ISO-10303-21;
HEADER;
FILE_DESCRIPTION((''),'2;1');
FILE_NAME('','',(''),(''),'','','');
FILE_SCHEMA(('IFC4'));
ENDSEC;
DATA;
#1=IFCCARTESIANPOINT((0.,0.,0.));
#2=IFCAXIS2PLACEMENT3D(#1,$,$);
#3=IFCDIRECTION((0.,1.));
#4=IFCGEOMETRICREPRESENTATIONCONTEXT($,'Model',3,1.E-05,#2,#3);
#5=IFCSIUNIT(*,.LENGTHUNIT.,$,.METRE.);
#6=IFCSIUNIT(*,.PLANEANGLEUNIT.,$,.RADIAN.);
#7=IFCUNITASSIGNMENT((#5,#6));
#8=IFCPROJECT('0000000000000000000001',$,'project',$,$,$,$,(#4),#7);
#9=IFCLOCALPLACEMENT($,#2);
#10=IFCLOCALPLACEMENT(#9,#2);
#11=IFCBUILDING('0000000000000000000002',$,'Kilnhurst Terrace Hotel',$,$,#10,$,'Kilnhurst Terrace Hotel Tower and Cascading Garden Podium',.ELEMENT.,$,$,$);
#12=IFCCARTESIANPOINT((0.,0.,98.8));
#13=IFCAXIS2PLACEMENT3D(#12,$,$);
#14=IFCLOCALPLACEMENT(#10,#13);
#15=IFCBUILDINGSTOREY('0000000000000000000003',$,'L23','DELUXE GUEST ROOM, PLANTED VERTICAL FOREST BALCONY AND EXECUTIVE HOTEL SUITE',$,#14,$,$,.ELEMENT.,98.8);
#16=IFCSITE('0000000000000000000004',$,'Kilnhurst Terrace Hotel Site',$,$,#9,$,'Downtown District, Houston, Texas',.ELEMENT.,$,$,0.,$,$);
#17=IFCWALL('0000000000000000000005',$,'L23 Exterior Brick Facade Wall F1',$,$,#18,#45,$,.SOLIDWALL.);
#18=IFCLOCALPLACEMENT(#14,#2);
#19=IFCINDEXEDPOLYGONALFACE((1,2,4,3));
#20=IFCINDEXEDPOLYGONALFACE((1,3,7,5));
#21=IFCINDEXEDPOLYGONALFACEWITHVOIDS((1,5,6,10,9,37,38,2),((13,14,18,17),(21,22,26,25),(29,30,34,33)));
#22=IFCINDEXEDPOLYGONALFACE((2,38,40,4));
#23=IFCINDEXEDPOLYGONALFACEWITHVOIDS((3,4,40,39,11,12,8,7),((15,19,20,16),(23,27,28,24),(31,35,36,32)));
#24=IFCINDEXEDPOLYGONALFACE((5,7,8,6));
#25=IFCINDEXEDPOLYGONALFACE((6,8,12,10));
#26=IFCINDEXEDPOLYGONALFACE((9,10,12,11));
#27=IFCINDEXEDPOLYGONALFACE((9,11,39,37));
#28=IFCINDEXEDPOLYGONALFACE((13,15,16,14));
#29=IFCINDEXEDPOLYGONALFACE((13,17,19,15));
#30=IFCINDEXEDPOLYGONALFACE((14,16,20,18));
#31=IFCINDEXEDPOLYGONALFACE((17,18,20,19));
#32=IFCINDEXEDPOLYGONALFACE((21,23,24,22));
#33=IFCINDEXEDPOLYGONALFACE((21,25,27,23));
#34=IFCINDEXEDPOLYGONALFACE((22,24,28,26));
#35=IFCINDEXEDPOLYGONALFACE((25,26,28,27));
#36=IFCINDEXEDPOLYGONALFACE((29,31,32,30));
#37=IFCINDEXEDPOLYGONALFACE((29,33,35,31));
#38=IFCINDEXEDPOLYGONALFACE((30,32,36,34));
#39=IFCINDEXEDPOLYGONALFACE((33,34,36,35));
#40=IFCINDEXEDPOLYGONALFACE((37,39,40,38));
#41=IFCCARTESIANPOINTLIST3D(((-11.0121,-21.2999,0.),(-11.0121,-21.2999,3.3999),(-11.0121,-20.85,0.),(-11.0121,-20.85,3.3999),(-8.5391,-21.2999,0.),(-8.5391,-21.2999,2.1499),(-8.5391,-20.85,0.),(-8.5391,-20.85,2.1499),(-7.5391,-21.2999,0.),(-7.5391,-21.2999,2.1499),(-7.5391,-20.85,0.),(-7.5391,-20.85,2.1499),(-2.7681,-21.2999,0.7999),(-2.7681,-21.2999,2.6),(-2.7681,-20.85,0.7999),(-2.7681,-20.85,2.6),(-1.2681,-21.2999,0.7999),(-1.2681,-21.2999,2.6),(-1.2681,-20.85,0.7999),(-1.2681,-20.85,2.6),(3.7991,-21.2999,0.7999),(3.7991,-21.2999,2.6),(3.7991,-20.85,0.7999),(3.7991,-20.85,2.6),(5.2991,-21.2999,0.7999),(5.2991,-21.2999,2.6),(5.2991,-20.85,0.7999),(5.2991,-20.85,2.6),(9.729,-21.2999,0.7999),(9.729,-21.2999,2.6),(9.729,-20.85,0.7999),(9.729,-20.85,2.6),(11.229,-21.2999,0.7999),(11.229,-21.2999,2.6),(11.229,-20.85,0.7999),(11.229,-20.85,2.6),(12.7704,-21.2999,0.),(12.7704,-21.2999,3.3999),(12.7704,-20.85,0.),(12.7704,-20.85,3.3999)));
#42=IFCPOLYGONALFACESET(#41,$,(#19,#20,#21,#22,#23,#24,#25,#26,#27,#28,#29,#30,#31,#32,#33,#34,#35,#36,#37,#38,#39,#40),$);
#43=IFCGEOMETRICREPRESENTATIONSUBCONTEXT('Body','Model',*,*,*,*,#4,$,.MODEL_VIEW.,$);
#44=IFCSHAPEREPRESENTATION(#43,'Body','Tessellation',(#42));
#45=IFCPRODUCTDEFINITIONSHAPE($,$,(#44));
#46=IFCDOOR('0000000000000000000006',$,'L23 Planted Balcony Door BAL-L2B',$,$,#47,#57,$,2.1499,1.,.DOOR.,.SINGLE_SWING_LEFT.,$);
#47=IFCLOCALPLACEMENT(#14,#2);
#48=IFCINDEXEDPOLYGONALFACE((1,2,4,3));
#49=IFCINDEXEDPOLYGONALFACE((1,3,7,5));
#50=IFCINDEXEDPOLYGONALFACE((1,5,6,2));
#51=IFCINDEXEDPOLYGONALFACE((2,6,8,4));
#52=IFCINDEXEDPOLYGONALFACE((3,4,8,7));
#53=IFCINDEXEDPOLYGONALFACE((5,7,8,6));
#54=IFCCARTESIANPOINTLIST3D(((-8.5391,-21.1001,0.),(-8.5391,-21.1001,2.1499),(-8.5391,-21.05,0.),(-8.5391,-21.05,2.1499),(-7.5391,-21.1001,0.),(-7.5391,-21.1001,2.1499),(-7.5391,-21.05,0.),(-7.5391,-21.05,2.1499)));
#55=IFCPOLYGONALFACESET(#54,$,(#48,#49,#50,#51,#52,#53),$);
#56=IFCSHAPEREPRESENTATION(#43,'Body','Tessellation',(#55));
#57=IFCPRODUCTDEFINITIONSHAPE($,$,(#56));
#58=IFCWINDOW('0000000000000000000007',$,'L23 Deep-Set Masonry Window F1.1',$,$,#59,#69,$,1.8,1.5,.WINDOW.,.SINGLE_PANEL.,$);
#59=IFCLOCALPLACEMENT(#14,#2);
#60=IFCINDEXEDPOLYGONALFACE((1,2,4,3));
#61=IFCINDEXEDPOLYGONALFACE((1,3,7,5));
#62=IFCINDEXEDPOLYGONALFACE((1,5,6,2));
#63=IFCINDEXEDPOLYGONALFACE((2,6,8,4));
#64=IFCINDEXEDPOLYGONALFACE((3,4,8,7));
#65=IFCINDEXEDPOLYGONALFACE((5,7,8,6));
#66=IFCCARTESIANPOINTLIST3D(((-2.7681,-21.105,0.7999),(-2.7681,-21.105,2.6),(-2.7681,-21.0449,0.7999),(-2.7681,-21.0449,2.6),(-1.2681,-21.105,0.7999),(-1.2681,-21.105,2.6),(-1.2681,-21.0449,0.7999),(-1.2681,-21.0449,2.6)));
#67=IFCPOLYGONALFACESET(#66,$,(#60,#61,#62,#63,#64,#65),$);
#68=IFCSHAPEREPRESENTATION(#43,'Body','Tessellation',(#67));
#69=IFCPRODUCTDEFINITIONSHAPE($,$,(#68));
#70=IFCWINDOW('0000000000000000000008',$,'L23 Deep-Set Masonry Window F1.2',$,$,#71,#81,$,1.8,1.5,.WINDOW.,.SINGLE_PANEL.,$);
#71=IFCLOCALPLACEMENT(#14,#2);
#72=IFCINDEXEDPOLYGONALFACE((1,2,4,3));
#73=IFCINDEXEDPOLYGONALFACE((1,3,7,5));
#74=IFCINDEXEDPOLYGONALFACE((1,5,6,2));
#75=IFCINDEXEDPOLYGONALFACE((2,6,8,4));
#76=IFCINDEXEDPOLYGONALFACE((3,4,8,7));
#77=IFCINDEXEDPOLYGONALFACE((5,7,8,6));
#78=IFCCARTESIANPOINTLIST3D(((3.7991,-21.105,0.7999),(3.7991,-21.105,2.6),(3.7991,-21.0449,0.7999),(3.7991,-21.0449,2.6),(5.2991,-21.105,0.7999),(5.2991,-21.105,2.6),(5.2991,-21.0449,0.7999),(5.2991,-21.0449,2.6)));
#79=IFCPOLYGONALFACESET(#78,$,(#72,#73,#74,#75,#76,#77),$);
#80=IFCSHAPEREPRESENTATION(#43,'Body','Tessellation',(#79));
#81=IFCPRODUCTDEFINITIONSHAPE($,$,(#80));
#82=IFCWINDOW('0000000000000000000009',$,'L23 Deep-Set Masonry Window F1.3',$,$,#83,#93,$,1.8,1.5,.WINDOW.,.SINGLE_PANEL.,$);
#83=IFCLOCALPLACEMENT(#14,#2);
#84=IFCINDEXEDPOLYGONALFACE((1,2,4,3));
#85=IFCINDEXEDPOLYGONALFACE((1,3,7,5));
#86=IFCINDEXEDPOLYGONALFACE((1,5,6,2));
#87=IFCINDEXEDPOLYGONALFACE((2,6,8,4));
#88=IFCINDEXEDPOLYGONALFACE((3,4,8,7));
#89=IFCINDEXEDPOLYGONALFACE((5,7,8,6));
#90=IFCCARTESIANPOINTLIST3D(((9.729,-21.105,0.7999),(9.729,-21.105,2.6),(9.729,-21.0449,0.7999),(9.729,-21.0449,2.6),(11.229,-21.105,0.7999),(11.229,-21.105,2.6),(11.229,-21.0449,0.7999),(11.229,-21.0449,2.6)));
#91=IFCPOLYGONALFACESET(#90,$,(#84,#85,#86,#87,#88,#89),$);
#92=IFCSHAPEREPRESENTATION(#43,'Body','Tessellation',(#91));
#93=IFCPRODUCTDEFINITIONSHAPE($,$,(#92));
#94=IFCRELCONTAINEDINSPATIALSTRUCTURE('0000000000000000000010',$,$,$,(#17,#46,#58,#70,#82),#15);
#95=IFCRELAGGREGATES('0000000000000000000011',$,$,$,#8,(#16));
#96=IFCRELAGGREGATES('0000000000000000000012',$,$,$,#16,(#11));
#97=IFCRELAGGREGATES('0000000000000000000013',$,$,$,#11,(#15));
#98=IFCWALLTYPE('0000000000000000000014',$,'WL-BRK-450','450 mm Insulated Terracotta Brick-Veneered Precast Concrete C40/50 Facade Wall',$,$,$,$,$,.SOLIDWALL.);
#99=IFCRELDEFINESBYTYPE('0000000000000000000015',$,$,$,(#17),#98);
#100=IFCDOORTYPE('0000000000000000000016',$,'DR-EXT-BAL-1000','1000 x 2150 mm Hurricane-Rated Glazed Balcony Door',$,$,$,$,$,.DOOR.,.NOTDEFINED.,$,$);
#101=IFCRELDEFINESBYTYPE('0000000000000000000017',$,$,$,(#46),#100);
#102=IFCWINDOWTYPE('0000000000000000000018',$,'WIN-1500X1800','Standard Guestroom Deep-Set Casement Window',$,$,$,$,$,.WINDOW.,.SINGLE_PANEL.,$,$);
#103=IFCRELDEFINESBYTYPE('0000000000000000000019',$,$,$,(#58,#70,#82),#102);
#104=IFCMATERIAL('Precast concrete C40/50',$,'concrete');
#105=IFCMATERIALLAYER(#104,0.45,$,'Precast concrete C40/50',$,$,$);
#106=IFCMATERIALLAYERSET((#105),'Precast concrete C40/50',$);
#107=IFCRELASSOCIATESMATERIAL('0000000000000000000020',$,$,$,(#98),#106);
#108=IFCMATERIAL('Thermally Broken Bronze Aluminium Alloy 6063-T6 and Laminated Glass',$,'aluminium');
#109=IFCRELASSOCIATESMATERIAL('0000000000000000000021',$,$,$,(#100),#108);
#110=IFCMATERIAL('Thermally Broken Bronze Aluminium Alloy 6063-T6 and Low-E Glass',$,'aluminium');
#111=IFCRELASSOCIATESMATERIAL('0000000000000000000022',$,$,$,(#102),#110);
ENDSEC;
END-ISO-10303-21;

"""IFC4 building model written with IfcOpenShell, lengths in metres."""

from ifc_helpers import new_model, si_unit, direction, frame, frame_2d, origin, place, context, subcontext, project, spatial, rectangle, extrude, material, layer, layer_set, type_object, element, fill, save


model = new_model("IFC4")

# Units and contexts
model_context = context("Model", 3, precision=1e-05, world=origin(), true_north=direction((0.0, 1.0)))
body_context = subcontext(model_context, "Body", "Model", "MODEL_VIEW")
ifc_project = project(units=[si_unit("LENGTHUNIT", "METRE"), si_unit("PLANEANGLEUNIT", "RADIAN")], contexts=[model_context])

# Site, building, storey
site_placement = place(None, origin())
site = spatial("IfcSite", under=ifc_project, at=site_placement, Name="Kilnhurst Terrace Hotel Site", LongName="Downtown District, Houston, Texas", CompositionType="ELEMENT", RefElevation=0.0)
building_placement = place(site_placement, origin())
building = spatial("IfcBuilding", under=site, at=building_placement, Name="Kilnhurst Terrace Hotel", LongName="Kilnhurst Terrace Hotel Tower and Cascading Garden Podium", CompositionType="ELEMENT")
storey_placement = place(building_placement, frame((0.0, 0.0, 98.8)))
storey = spatial("IfcBuildingStorey", under=building, at=storey_placement, Name="L23", Description="DELUXE GUEST ROOM, PLANTED VERTICAL FOREST BALCONY AND EXECUTIVE HOTEL SUITE", CompositionType="ELEMENT", Elevation=98.8)

# Shared definitions
ifc_material_1 = material(Name="Precast concrete C40/50", Category="concrete")
ifc_layer_1 = layer(ifc_material_1, 0.45, Name="Precast concrete C40/50")
ifc_layer_set_1 = layer_set([ifc_layer_1], Name="Precast concrete C40/50")
wall_type_1 = type_object("IfcWallType", Name="WL-BRK-450", Description="450 mm Insulated Terracotta Brick-Veneered Precast Concrete C40/50 Facade Wall", PredefinedType="SOLIDWALL", material=ifc_layer_set_1)

# Wall, openings, door, windows
wall_1_placement = place(storey_placement, frame((-11.012, -21.075, 0.0), z_axis=(0.0, 0.0, 1.0), x_axis=(1.0, 0.0, 0.0)))
wall_1 = element("IfcWall", 1, at=wall_1_placement, inside=storey, type_object=wall_type_1, Name="L23 Exterior Brick Facade Wall F1", PredefinedType="SOLIDWALL", context=body_context, shape_type="SweptSolid", body=[
    extrude(rectangle(XDim=23.7825, YDim=0.45, at=frame_2d((11.8911, 0.0))), origin(), (0.0, 0.0, 1.0), 3.3999),
])
opening_1_placement = place(wall_1_placement, frame((2.4729, 0.0, 0.0)))
opening_1 = element("IfcOpeningElement", 2, at=opening_1_placement, cuts=wall_1, PredefinedType="OPENING", context=body_context, shape_type="SweptSolid", body=[
    extrude(rectangle(XDim=1.0, YDim=2.1499, at=frame_2d((0.5, 1.075))), frame((0.0, 0.2349, 0.0), z_axis=(0.0, -1.0, 0.0), x_axis=(1.0, 0.0, 0.0)), (0.0, 0.0, 1.0), 0.47),
])
opening_2_placement = place(wall_1_placement, frame((8.2439, 0.0, 0.8)))
opening_2 = element("IfcOpeningElement", 3, at=opening_2_placement, cuts=wall_1, PredefinedType="OPENING", context=body_context, shape_type="SweptSolid", body=[
    extrude(rectangle(XDim=1.5, YDim=1.8, at=frame_2d((0.75, 0.8999))), frame((0.0, 0.2349, 0.0), z_axis=(0.0, -1.0, 0.0), x_axis=(1.0, 0.0, 0.0)), (0.0, 0.0, 1.0), 0.47),
])
opening_3_placement = place(wall_1_placement, frame((14.811, 0.0, 0.8)))
opening_3 = element("IfcOpeningElement", 4, at=opening_3_placement, cuts=wall_1, PredefinedType="OPENING", context=body_context, shape_type="SweptSolid", body=[
    extrude(rectangle(XDim=1.5, YDim=1.8, at=frame_2d((0.75, 0.8999))), frame((0.0, 0.2349, 0.0), z_axis=(0.0, -1.0, 0.0), x_axis=(1.0, 0.0, 0.0)), (0.0, 0.0, 1.0), 0.47),
])
opening_4_placement = place(wall_1_placement, frame((20.741, 0.0, 0.8)))
opening_4 = element("IfcOpeningElement", 5, at=opening_4_placement, cuts=wall_1, PredefinedType="OPENING", context=body_context, shape_type="SweptSolid", body=[
    extrude(rectangle(XDim=1.5, YDim=1.8, at=frame_2d((0.75, 0.8999))), frame((0.0, 0.2349, 0.0), z_axis=(0.0, -1.0, 0.0), x_axis=(1.0, 0.0, 0.0)), (0.0, 0.0, 1.0), 0.47),
])
ifc_material_2 = material(Name="Thermally Broken Bronze Aluminium Alloy 6063-T6 and Laminated Glass", Category="aluminium")
door_type_1 = type_object("IfcDoorType", Name="DR-EXT-BAL-1000", Description="1000 x 2150 mm Hurricane-Rated Glazed Balcony Door", OperationType="NOTDEFINED", PredefinedType="DOOR", material=ifc_material_2)
door_1_placement = place(opening_1_placement, origin())
door_1 = element("IfcDoor", 6, at=door_1_placement, inside=storey, type_object=door_type_1, Name="L23 Planted Balcony Door BAL-L2B", OperationType="SINGLE_SWING_LEFT", OverallHeight=2.1499, OverallWidth=1.0, PredefinedType="DOOR", context=body_context, shape_type="SweptSolid", body=[
    extrude(rectangle(XDim=1.0, YDim=2.1499, at=frame_2d((0.5, 1.075))), frame((0.0, 0.0249, 0.0), z_axis=(0.0, -1.0, 0.0), x_axis=(1.0, 0.0, 0.0)), (0.0, 0.0, 1.0), 0.05),
])
fill(opening_1, door_1)
ifc_material_3 = material(Name="Thermally Broken Bronze Aluminium Alloy 6063-T6 and Low-E Glass", Category="aluminium")
window_type = type_object("IfcWindowType", Name="WIN-1500X1800", Description="Standard Guestroom Deep-Set Casement Window", PartitioningType="SINGLE_PANEL", PredefinedType="WINDOW", material=ifc_material_3)
window_1_placement = place(opening_2_placement, origin())
window_1 = element("IfcWindow", 7, at=window_1_placement, inside=storey, type_object=window_type, Name="L23 Deep-Set Masonry Window F1.1", OverallHeight=1.8, OverallWidth=1.5, PartitioningType="SINGLE_PANEL", PredefinedType="WINDOW", context=body_context, shape_type="SweptSolid", body=[
    extrude(rectangle(XDim=1.5, YDim=1.8, at=frame_2d((0.75, 0.8999))), frame((0.0, 0.03, 0.0), z_axis=(0.0, -1.0, 0.0), x_axis=(1.0, 0.0, 0.0)), (0.0, 0.0, 1.0), 0.0601),
])
fill(opening_2, window_1)
window_2_placement = place(opening_3_placement, origin())
window_2 = element("IfcWindow", 8, at=window_2_placement, inside=storey, type_object=window_type, Name="L23 Deep-Set Masonry Window F1.2", OverallHeight=1.8, OverallWidth=1.5, PartitioningType="SINGLE_PANEL", PredefinedType="WINDOW", context=body_context, shape_type="SweptSolid", body=[
    extrude(rectangle(XDim=1.5, YDim=1.8, at=frame_2d((0.75, 0.8999))), frame((0.0, 0.03, 0.0), z_axis=(0.0, -1.0, 0.0), x_axis=(1.0, 0.0, 0.0)), (0.0, 0.0, 1.0), 0.0601),
])
fill(opening_3, window_2)
window_3_placement = place(opening_4_placement, origin())
window_3 = element("IfcWindow", 9, at=window_3_placement, inside=storey, type_object=window_type, Name="L23 Deep-Set Masonry Window F1.3", OverallHeight=1.8, OverallWidth=1.5, PartitioningType="SINGLE_PANEL", PredefinedType="WINDOW", context=body_context, shape_type="SweptSolid", body=[
    extrude(rectangle(XDim=1.5, YDim=1.8, at=frame_2d((0.75, 0.8999))), frame((0.0, 0.03, 0.0), z_axis=(0.0, -1.0, 0.0), x_axis=(1.0, 0.0, 0.0)), (0.0, 0.0, 1.0), 0.0601),
])
fill(opening_4, window_3)

save(model, "model.ifc")
